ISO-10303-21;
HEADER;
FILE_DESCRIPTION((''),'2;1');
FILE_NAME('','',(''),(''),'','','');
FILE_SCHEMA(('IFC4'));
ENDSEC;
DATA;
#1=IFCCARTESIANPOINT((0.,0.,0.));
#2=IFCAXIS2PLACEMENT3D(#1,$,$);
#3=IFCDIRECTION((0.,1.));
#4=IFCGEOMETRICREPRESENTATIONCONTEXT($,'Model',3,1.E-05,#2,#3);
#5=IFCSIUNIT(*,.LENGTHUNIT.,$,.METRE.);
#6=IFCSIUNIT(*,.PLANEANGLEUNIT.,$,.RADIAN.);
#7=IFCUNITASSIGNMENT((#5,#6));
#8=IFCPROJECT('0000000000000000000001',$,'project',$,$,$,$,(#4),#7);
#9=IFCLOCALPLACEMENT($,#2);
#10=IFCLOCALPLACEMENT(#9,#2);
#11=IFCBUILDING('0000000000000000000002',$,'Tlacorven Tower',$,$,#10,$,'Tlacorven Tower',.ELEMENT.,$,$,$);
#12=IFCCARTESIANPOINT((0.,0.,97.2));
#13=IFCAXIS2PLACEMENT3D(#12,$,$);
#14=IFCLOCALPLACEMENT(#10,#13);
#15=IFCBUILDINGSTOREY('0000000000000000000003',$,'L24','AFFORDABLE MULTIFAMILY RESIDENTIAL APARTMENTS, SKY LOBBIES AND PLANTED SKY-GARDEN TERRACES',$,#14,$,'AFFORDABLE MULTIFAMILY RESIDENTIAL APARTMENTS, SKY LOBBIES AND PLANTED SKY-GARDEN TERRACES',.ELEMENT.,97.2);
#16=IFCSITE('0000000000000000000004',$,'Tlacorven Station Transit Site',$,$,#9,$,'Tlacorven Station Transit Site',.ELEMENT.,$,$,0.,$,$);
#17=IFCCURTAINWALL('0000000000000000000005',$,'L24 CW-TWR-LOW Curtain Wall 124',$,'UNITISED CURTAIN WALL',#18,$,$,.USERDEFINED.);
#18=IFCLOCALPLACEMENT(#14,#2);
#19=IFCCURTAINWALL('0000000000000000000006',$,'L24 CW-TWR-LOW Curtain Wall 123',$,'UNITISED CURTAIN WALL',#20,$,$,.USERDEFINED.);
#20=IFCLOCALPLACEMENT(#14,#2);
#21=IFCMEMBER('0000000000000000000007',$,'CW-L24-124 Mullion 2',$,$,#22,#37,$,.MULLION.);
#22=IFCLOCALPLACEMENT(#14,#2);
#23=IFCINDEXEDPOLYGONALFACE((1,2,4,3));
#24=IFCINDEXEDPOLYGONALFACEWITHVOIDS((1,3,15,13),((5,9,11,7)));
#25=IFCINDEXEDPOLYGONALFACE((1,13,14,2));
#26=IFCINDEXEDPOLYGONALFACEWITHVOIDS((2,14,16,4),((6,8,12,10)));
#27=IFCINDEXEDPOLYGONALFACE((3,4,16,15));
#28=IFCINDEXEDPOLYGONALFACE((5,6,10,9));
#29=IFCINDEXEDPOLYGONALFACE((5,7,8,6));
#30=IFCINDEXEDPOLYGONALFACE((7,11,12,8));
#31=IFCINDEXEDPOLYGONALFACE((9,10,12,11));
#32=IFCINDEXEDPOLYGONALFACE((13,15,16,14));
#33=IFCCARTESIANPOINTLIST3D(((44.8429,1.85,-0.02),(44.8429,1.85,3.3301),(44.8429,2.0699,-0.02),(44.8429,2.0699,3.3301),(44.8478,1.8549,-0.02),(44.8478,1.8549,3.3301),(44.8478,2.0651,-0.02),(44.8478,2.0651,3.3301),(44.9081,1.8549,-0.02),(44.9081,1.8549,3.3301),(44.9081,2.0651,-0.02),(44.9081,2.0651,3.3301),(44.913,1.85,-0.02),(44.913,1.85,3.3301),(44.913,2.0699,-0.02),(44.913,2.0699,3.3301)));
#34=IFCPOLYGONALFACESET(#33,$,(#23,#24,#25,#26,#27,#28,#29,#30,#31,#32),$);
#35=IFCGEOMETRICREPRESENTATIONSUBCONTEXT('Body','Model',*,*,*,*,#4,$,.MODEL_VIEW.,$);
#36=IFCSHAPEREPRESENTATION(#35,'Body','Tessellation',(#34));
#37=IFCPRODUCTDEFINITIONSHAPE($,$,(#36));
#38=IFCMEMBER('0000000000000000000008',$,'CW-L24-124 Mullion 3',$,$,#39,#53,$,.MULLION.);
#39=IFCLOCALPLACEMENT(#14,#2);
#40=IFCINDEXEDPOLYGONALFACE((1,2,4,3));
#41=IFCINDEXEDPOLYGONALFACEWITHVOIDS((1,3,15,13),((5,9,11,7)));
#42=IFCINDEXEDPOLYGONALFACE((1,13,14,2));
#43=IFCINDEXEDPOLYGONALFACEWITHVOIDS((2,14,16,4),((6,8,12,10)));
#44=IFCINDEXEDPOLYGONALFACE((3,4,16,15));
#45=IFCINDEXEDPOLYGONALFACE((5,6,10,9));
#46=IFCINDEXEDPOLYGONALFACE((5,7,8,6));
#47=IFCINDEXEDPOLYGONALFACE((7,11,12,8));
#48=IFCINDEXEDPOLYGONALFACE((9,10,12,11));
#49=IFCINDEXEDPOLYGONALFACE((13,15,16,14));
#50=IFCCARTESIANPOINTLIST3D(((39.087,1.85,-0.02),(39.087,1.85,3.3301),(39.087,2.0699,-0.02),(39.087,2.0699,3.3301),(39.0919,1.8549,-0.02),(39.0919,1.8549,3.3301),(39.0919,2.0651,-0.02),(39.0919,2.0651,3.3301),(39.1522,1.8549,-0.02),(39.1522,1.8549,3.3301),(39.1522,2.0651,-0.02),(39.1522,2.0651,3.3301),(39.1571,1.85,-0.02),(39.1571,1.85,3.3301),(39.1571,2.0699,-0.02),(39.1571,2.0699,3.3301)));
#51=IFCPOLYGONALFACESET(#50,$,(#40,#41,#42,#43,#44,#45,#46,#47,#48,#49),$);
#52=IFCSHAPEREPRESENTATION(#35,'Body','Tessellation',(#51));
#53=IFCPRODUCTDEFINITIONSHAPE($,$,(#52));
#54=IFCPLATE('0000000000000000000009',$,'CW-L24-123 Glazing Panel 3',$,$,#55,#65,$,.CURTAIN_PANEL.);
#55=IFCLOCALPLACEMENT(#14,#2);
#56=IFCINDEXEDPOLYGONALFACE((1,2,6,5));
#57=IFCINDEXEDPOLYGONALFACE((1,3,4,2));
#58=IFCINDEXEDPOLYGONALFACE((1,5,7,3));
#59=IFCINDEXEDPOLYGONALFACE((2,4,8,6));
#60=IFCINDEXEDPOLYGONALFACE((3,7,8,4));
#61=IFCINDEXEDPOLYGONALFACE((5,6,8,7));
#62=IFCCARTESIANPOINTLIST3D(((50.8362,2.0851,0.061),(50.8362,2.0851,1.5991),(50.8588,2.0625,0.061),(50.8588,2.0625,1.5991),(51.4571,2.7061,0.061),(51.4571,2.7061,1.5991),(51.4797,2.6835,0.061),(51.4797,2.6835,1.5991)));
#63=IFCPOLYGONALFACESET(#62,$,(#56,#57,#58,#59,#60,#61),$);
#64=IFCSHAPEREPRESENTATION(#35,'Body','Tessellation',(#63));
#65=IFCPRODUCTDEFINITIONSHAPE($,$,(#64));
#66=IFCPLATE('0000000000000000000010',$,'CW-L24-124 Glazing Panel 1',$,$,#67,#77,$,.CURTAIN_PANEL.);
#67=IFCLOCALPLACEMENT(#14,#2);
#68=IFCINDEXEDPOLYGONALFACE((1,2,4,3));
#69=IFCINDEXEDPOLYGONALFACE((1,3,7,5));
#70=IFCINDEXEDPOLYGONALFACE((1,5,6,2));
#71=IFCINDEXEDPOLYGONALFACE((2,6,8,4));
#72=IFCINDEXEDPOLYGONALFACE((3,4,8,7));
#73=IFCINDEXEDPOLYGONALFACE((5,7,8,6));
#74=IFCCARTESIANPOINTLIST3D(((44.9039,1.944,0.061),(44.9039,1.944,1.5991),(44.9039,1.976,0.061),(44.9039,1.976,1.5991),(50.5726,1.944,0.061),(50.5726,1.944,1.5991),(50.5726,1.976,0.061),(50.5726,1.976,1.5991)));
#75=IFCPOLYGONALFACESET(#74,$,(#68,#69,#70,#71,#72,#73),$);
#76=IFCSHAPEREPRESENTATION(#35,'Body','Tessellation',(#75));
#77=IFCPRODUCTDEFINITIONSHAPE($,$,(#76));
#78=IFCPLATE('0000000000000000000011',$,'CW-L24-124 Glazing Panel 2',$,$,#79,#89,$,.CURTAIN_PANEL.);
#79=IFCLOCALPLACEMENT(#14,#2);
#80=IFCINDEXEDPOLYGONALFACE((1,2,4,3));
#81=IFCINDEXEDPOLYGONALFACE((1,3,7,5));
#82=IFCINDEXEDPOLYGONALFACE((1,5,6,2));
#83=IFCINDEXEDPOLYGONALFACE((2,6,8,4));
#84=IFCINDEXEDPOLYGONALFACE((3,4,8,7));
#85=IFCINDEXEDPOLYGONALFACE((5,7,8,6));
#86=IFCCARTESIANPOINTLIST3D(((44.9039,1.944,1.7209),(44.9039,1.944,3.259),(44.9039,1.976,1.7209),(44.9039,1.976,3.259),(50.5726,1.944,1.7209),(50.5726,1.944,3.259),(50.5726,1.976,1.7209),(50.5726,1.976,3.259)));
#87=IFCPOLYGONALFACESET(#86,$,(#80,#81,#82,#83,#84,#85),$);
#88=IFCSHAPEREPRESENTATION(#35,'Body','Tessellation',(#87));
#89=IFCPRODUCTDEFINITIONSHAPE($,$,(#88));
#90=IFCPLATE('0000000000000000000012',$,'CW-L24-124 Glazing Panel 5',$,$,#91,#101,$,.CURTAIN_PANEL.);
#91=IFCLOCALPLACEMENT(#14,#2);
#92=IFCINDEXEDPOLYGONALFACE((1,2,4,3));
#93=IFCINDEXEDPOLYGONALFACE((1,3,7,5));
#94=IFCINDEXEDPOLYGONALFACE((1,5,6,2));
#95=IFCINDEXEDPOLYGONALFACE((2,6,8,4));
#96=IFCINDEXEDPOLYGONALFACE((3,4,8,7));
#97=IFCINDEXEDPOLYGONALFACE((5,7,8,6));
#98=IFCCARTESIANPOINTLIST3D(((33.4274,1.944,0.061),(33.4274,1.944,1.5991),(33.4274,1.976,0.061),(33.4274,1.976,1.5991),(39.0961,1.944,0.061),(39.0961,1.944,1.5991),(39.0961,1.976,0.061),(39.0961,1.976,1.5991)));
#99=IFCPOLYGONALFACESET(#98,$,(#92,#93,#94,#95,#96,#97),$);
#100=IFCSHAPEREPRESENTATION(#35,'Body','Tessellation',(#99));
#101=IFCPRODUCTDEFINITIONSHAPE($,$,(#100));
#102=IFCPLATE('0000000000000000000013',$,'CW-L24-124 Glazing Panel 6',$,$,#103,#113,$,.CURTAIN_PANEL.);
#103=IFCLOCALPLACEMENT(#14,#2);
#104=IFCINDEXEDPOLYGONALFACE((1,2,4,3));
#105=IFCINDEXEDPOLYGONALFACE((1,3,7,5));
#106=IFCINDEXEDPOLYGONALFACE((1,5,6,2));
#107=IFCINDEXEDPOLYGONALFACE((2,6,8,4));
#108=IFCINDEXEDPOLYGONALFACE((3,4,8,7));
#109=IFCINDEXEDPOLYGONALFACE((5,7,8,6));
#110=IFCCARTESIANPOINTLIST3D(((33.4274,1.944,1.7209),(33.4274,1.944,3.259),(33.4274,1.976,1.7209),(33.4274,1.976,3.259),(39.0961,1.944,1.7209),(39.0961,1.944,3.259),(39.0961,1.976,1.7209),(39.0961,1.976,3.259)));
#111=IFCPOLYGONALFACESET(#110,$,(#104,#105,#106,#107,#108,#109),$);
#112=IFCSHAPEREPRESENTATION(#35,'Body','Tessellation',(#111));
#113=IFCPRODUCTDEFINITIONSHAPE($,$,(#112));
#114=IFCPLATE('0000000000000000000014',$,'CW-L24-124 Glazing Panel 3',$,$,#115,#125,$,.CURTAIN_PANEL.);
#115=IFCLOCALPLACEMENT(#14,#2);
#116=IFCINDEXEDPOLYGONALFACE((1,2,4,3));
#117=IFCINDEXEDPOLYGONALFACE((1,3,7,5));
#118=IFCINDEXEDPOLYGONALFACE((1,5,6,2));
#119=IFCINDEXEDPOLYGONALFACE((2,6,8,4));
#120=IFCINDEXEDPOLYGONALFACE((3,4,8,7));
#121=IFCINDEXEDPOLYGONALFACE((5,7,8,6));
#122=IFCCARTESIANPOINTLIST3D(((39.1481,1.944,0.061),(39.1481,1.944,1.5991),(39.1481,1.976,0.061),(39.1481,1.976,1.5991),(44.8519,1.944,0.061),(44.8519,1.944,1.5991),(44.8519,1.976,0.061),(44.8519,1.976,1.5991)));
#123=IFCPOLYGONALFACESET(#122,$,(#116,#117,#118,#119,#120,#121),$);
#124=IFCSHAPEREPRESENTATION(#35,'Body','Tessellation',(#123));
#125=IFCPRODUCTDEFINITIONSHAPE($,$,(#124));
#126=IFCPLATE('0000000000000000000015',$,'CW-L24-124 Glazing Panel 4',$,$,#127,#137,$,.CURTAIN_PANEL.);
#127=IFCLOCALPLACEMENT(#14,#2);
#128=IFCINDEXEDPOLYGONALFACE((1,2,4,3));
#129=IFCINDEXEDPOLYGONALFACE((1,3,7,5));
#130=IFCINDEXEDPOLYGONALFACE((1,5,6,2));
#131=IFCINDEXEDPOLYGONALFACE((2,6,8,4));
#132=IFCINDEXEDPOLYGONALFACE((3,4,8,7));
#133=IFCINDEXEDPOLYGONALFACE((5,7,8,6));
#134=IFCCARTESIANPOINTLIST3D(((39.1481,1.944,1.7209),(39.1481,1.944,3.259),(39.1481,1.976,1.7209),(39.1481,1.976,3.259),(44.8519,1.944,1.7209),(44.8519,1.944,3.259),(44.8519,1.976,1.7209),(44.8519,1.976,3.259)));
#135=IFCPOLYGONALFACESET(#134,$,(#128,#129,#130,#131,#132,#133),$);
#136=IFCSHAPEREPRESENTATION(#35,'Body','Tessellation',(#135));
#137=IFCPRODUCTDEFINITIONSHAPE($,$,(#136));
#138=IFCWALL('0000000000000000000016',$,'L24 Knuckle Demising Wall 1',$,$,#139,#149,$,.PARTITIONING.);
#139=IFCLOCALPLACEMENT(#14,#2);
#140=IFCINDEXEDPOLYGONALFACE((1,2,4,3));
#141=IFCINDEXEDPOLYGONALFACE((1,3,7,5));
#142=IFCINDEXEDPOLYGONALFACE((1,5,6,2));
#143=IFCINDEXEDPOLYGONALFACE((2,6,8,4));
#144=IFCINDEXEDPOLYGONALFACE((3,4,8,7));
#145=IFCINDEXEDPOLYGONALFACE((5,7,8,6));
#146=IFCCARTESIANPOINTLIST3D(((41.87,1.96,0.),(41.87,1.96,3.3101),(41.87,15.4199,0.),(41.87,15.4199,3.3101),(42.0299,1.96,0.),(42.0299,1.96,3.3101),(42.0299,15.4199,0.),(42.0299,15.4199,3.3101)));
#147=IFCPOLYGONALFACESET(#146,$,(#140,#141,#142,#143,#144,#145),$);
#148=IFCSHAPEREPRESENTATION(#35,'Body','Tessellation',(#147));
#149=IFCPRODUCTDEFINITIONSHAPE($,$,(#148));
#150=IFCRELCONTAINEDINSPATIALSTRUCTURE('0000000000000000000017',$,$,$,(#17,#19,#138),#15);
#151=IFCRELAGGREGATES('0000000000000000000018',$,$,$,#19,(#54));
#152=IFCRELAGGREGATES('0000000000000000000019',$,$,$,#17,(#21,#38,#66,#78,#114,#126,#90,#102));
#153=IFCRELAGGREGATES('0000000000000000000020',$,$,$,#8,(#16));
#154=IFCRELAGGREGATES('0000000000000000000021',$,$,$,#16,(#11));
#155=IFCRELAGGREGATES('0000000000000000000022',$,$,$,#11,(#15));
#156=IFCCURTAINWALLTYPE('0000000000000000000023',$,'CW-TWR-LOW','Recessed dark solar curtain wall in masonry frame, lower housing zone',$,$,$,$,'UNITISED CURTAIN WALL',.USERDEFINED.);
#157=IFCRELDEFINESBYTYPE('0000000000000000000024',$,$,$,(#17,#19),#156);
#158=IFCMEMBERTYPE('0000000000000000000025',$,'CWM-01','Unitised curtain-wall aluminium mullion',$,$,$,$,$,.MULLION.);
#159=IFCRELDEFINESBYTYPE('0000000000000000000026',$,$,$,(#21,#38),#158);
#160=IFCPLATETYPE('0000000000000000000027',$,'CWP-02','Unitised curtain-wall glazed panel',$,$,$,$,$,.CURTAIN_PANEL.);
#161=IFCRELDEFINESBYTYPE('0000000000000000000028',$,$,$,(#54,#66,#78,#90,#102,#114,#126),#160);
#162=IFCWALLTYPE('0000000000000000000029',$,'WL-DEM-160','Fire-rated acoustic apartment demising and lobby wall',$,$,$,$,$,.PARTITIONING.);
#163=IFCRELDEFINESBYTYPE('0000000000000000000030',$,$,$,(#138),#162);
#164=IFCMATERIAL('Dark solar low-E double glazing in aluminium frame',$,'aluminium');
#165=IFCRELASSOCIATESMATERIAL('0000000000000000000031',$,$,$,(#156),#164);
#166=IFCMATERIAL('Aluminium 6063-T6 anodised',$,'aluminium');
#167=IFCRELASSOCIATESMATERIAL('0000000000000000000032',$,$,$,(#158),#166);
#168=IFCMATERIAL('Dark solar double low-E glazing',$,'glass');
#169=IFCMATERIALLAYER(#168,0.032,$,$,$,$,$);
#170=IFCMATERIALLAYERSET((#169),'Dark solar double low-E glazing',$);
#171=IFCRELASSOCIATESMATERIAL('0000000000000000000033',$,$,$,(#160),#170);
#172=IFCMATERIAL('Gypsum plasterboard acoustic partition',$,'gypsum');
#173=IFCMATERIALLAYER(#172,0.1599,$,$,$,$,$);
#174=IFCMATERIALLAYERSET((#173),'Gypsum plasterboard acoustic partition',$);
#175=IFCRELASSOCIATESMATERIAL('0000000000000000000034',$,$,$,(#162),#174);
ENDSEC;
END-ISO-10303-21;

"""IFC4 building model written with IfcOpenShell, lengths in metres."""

from ifc_helpers import new_model, si_unit, direction, frame, frame_2d, origin, origin_2d, place, context, subcontext, project, spatial, rectangle, hollow_rectangle, extrude, source, transform, mapped, material, layer, layer_set, material_profile, profile_set, type_object, element, aggregate, save


model = new_model("IFC4")

# Units and contexts
model_context = context("Model", 3, precision=1e-05, world=origin(), true_north=direction((0.0, 1.0)))
body_context = subcontext(model_context, "Body", "Model", "MODEL_VIEW")
ifc_project = project(units=[si_unit("LENGTHUNIT", "METRE"), si_unit("PLANEANGLEUNIT", "RADIAN")], contexts=[model_context])

# Site, building, storey
site_placement = place(None, origin())
site = spatial("IfcSite", under=ifc_project, at=site_placement, Name="Tlacorven Station Transit Site", LongName="Tlacorven Station Transit Site", CompositionType="ELEMENT", RefElevation=0.0)
building_placement = place(site_placement, origin())
building = spatial("IfcBuilding", under=site, at=building_placement, Name="Tlacorven Tower", LongName="Tlacorven Tower", CompositionType="ELEMENT")
storey_placement = place(building_placement, frame((0.0, 0.0, 97.2)))
storey = spatial("IfcBuildingStorey", under=building, at=storey_placement, Name="L24", Description="AFFORDABLE MULTIFAMILY RESIDENTIAL APARTMENTS, SKY LOBBIES AND PLANTED SKY-GARDEN TERRACES", LongName="AFFORDABLE MULTIFAMILY RESIDENTIAL APARTMENTS, SKY LOBBIES AND PLANTED SKY-GARDEN TERRACES", CompositionType="ELEMENT", Elevation=97.2)

# Curtain wall
ifc_material_1 = material(Name="Dark solar low-E double glazing in aluminium frame", Category="aluminium")
curtain_wall_type = type_object("IfcCurtainWallType", Name="CW-TWR-LOW", Description="Recessed dark solar curtain wall in masonry frame, lower housing zone", ElementType="UNITISED CURTAIN WALL", PredefinedType="USERDEFINED", material=ifc_material_1)
curtain_wall_1_placement = place(storey_placement, origin())
curtain_wall_1 = element("IfcCurtainWall", 1, at=curtain_wall_1_placement, inside=storey, type_object=curtain_wall_type, Name="L24 CW-TWR-LOW Curtain Wall 124", ObjectType="UNITISED CURTAIN WALL", PredefinedType="USERDEFINED")
ifc_material_2 = material(Name="Aluminium 6063-T6 anodised", Category="aluminium")

# Curtain wall
curtain_wall_2_placement = place(storey_placement, origin())
curtain_wall_2 = element("IfcCurtainWall", 2, at=curtain_wall_2_placement, inside=storey, type_object=curtain_wall_type, Name="L24 CW-TWR-LOW Curtain Wall 123", ObjectType="UNITISED CURTAIN WALL", PredefinedType="USERDEFINED")
ifc_material_profile_1 = material_profile(ifc_material_2, hollow_rectangle(XDim=0.0701, YDim=0.22, WallThickness=0.0049, at=origin_2d()), Name="ALU MULLION 70X220")
ifc_profile_set_1 = profile_set([ifc_material_profile_1], Name="Aluminium 6063-T6 anodised")
member_type_1 = type_object("IfcMemberType", Name="CWM-01", Description="Unitised curtain-wall aluminium mullion", PredefinedType="MULLION", material=ifc_profile_set_1)
shared_shape_1 = source(origin(), body_context, "Body", "SweptSolid", [
    extrude(hollow_rectangle(XDim=0.0701, YDim=0.22, WallThickness=0.0049, at=origin_2d()), origin(), (0.0, 0.0, 1.0), 3.3501),
])

# Members
member_1_placement = place(storey_placement, frame((44.8779, 1.96, -0.02), z_axis=(0.0, 0.0, 1.0), x_axis=(-1.0, 0.0, 0.0)))
member_1 = element("IfcMember", 3, at=member_1_placement, type_object=member_type_1, Name="CW-L24-124 Mullion 2", PredefinedType="MULLION", context=body_context, shape_type="MappedRepresentation", body=[
    mapped(shared_shape_1, transform((0.0, 0.0, 0.0), scale=1.0)),
])
member_2_placement = place(storey_placement, frame((39.1221, 1.96, -0.02), z_axis=(0.0, 0.0, 1.0), x_axis=(-1.0, 0.0, 0.0)))
member_2 = element("IfcMember", 4, at=member_2_placement, type_object=member_type_1, Name="CW-L24-124 Mullion 3", PredefinedType="MULLION", context=body_context, shape_type="MappedRepresentation", body=[
    mapped(shared_shape_1, transform((0.0, 0.0, 0.0), scale=1.0)),
])

# Plates
ifc_material_3 = material(Name="Dark solar double low-E glazing", Category="glass")
ifc_layer_1 = layer(ifc_material_3, 0.032)
ifc_layer_set_1 = layer_set([ifc_layer_1], Name="Dark solar double low-E glazing")
plate_type = type_object("IfcPlateType", Name="CWP-02", Description="Unitised curtain-wall glazed panel", PredefinedType="CURTAIN_PANEL", material=ifc_layer_set_1)
shared_shape_2 = source(origin(), body_context, "Body", "SweptSolid", [
    extrude(rectangle(XDim=0.8782, YDim=0.032, at=origin_2d()), origin(), (0.0, 0.0, 1.0), 1.5381),
])
plate_1_placement = place(storey_placement, frame((51.158, 2.3843, 0.061), z_axis=(0.0, 0.0, 1.0), x_axis=(-0.707107, -0.707107, 0.0)))
plate_1 = element("IfcPlate", 5, at=plate_1_placement, type_object=plate_type, Name="CW-L24-123 Glazing Panel 3", PredefinedType="CURTAIN_PANEL", context=body_context, shape_type="MappedRepresentation", body=[
    mapped(shared_shape_2, transform((0.0, 0.0, 0.0), scale=1.0)),
])
aggregate(curtain_wall_2, [plate_1])
shared_shape_3 = source(origin(), body_context, "Body", "SweptSolid", [
    extrude(rectangle(XDim=5.6687, YDim=0.032, at=origin_2d()), origin(), (0.0, 0.0, 1.0), 1.5381),
])
plate_2_placement = place(storey_placement, frame((47.7383, 1.96, 0.061), z_axis=(0.0, 0.0, 1.0), x_axis=(-1.0, 0.0, 0.0)))
plate_2 = element("IfcPlate", 6, at=plate_2_placement, type_object=plate_type, Name="CW-L24-124 Glazing Panel 1", PredefinedType="CURTAIN_PANEL", context=body_context, shape_type="MappedRepresentation", body=[
    mapped(shared_shape_3, transform((0.0, 0.0, 0.0), scale=1.0)),
])
plate_3_placement = place(storey_placement, frame((47.7383, 1.96, 1.7209), z_axis=(0.0, 0.0, 1.0), x_axis=(-1.0, 0.0, 0.0)))
plate_3 = element("IfcPlate", 7, at=plate_3_placement, type_object=plate_type, Name="CW-L24-124 Glazing Panel 2", PredefinedType="CURTAIN_PANEL", context=body_context, shape_type="MappedRepresentation", body=[
    mapped(shared_shape_3, transform((0.0, 0.0, 0.0), scale=1.0)),
])
plate_4_placement = place(storey_placement, frame((36.2617, 1.96, 0.061), z_axis=(0.0, 0.0, 1.0), x_axis=(-1.0, 0.0, 0.0)))
plate_4 = element("IfcPlate", 8, at=plate_4_placement, type_object=plate_type, Name="CW-L24-124 Glazing Panel 5", PredefinedType="CURTAIN_PANEL", context=body_context, shape_type="MappedRepresentation", body=[
    mapped(shared_shape_3, transform((0.0, 0.0, 0.0), scale=1.0)),
])
plate_5_placement = place(storey_placement, frame((36.2617, 1.96, 1.7209), z_axis=(0.0, 0.0, 1.0), x_axis=(-1.0, 0.0, 0.0)))
plate_5 = element("IfcPlate", 9, at=plate_5_placement, type_object=plate_type, Name="CW-L24-124 Glazing Panel 6", PredefinedType="CURTAIN_PANEL", context=body_context, shape_type="MappedRepresentation", body=[
    mapped(shared_shape_3, transform((0.0, 0.0, 0.0), scale=1.0)),
])
shared_shape_4 = source(origin(), body_context, "Body", "SweptSolid", [
    extrude(rectangle(XDim=5.7039, YDim=0.032, at=origin_2d()), origin(), (0.0, 0.0, 1.0), 1.5381),
])
plate_6_placement = place(storey_placement, frame((42.0, 1.96, 0.061), z_axis=(0.0, 0.0, 1.0), x_axis=(-1.0, 0.0, 0.0)))
plate_6 = element("IfcPlate", 10, at=plate_6_placement, type_object=plate_type, Name="CW-L24-124 Glazing Panel 3", PredefinedType="CURTAIN_PANEL", context=body_context, shape_type="MappedRepresentation", body=[
    mapped(shared_shape_4, transform((0.0, 0.0, 0.0), scale=1.0)),
])
plate_7_placement = place(storey_placement, frame((42.0, 1.96, 1.7209), z_axis=(0.0, 0.0, 1.0), x_axis=(-1.0, 0.0, 0.0)))
plate_7 = element("IfcPlate", 11, at=plate_7_placement, type_object=plate_type, Name="CW-L24-124 Glazing Panel 4", PredefinedType="CURTAIN_PANEL", context=body_context, shape_type="MappedRepresentation", body=[
    mapped(shared_shape_4, transform((0.0, 0.0, 0.0), scale=1.0)),
])
aggregate(curtain_wall_1, [member_1, member_2, plate_2, plate_3, plate_6, plate_7, plate_4, plate_5])

# Wall
ifc_material_4 = material(Name="Gypsum plasterboard acoustic partition", Category="gypsum")
ifc_layer_2 = layer(ifc_material_4, 0.1599)
ifc_layer_set_2 = layer_set([ifc_layer_2], Name="Gypsum plasterboard acoustic partition")
wall_type_1 = type_object("IfcWallType", Name="WL-DEM-160", Description="Fire-rated acoustic apartment demising and lobby wall", PredefinedType="PARTITIONING", material=ifc_layer_set_2)
wall_1_placement = place(storey_placement, frame((41.95, 1.96, 0.0), z_axis=(0.0, 0.0, 1.0), x_axis=(0.0, 1.0, 0.0)))
element("IfcWall", 12, at=wall_1_placement, inside=storey, type_object=wall_type_1, Name="L24 Knuckle Demising Wall 1", PredefinedType="PARTITIONING", context=body_context, shape_type="SweptSolid", body=[
    extrude(rectangle(XDim=13.46, YDim=0.1599, at=frame_2d((6.73, 0.0))), origin(), (0.0, 0.0, 1.0), 3.3101),
])

save(model, "model.ifc")
